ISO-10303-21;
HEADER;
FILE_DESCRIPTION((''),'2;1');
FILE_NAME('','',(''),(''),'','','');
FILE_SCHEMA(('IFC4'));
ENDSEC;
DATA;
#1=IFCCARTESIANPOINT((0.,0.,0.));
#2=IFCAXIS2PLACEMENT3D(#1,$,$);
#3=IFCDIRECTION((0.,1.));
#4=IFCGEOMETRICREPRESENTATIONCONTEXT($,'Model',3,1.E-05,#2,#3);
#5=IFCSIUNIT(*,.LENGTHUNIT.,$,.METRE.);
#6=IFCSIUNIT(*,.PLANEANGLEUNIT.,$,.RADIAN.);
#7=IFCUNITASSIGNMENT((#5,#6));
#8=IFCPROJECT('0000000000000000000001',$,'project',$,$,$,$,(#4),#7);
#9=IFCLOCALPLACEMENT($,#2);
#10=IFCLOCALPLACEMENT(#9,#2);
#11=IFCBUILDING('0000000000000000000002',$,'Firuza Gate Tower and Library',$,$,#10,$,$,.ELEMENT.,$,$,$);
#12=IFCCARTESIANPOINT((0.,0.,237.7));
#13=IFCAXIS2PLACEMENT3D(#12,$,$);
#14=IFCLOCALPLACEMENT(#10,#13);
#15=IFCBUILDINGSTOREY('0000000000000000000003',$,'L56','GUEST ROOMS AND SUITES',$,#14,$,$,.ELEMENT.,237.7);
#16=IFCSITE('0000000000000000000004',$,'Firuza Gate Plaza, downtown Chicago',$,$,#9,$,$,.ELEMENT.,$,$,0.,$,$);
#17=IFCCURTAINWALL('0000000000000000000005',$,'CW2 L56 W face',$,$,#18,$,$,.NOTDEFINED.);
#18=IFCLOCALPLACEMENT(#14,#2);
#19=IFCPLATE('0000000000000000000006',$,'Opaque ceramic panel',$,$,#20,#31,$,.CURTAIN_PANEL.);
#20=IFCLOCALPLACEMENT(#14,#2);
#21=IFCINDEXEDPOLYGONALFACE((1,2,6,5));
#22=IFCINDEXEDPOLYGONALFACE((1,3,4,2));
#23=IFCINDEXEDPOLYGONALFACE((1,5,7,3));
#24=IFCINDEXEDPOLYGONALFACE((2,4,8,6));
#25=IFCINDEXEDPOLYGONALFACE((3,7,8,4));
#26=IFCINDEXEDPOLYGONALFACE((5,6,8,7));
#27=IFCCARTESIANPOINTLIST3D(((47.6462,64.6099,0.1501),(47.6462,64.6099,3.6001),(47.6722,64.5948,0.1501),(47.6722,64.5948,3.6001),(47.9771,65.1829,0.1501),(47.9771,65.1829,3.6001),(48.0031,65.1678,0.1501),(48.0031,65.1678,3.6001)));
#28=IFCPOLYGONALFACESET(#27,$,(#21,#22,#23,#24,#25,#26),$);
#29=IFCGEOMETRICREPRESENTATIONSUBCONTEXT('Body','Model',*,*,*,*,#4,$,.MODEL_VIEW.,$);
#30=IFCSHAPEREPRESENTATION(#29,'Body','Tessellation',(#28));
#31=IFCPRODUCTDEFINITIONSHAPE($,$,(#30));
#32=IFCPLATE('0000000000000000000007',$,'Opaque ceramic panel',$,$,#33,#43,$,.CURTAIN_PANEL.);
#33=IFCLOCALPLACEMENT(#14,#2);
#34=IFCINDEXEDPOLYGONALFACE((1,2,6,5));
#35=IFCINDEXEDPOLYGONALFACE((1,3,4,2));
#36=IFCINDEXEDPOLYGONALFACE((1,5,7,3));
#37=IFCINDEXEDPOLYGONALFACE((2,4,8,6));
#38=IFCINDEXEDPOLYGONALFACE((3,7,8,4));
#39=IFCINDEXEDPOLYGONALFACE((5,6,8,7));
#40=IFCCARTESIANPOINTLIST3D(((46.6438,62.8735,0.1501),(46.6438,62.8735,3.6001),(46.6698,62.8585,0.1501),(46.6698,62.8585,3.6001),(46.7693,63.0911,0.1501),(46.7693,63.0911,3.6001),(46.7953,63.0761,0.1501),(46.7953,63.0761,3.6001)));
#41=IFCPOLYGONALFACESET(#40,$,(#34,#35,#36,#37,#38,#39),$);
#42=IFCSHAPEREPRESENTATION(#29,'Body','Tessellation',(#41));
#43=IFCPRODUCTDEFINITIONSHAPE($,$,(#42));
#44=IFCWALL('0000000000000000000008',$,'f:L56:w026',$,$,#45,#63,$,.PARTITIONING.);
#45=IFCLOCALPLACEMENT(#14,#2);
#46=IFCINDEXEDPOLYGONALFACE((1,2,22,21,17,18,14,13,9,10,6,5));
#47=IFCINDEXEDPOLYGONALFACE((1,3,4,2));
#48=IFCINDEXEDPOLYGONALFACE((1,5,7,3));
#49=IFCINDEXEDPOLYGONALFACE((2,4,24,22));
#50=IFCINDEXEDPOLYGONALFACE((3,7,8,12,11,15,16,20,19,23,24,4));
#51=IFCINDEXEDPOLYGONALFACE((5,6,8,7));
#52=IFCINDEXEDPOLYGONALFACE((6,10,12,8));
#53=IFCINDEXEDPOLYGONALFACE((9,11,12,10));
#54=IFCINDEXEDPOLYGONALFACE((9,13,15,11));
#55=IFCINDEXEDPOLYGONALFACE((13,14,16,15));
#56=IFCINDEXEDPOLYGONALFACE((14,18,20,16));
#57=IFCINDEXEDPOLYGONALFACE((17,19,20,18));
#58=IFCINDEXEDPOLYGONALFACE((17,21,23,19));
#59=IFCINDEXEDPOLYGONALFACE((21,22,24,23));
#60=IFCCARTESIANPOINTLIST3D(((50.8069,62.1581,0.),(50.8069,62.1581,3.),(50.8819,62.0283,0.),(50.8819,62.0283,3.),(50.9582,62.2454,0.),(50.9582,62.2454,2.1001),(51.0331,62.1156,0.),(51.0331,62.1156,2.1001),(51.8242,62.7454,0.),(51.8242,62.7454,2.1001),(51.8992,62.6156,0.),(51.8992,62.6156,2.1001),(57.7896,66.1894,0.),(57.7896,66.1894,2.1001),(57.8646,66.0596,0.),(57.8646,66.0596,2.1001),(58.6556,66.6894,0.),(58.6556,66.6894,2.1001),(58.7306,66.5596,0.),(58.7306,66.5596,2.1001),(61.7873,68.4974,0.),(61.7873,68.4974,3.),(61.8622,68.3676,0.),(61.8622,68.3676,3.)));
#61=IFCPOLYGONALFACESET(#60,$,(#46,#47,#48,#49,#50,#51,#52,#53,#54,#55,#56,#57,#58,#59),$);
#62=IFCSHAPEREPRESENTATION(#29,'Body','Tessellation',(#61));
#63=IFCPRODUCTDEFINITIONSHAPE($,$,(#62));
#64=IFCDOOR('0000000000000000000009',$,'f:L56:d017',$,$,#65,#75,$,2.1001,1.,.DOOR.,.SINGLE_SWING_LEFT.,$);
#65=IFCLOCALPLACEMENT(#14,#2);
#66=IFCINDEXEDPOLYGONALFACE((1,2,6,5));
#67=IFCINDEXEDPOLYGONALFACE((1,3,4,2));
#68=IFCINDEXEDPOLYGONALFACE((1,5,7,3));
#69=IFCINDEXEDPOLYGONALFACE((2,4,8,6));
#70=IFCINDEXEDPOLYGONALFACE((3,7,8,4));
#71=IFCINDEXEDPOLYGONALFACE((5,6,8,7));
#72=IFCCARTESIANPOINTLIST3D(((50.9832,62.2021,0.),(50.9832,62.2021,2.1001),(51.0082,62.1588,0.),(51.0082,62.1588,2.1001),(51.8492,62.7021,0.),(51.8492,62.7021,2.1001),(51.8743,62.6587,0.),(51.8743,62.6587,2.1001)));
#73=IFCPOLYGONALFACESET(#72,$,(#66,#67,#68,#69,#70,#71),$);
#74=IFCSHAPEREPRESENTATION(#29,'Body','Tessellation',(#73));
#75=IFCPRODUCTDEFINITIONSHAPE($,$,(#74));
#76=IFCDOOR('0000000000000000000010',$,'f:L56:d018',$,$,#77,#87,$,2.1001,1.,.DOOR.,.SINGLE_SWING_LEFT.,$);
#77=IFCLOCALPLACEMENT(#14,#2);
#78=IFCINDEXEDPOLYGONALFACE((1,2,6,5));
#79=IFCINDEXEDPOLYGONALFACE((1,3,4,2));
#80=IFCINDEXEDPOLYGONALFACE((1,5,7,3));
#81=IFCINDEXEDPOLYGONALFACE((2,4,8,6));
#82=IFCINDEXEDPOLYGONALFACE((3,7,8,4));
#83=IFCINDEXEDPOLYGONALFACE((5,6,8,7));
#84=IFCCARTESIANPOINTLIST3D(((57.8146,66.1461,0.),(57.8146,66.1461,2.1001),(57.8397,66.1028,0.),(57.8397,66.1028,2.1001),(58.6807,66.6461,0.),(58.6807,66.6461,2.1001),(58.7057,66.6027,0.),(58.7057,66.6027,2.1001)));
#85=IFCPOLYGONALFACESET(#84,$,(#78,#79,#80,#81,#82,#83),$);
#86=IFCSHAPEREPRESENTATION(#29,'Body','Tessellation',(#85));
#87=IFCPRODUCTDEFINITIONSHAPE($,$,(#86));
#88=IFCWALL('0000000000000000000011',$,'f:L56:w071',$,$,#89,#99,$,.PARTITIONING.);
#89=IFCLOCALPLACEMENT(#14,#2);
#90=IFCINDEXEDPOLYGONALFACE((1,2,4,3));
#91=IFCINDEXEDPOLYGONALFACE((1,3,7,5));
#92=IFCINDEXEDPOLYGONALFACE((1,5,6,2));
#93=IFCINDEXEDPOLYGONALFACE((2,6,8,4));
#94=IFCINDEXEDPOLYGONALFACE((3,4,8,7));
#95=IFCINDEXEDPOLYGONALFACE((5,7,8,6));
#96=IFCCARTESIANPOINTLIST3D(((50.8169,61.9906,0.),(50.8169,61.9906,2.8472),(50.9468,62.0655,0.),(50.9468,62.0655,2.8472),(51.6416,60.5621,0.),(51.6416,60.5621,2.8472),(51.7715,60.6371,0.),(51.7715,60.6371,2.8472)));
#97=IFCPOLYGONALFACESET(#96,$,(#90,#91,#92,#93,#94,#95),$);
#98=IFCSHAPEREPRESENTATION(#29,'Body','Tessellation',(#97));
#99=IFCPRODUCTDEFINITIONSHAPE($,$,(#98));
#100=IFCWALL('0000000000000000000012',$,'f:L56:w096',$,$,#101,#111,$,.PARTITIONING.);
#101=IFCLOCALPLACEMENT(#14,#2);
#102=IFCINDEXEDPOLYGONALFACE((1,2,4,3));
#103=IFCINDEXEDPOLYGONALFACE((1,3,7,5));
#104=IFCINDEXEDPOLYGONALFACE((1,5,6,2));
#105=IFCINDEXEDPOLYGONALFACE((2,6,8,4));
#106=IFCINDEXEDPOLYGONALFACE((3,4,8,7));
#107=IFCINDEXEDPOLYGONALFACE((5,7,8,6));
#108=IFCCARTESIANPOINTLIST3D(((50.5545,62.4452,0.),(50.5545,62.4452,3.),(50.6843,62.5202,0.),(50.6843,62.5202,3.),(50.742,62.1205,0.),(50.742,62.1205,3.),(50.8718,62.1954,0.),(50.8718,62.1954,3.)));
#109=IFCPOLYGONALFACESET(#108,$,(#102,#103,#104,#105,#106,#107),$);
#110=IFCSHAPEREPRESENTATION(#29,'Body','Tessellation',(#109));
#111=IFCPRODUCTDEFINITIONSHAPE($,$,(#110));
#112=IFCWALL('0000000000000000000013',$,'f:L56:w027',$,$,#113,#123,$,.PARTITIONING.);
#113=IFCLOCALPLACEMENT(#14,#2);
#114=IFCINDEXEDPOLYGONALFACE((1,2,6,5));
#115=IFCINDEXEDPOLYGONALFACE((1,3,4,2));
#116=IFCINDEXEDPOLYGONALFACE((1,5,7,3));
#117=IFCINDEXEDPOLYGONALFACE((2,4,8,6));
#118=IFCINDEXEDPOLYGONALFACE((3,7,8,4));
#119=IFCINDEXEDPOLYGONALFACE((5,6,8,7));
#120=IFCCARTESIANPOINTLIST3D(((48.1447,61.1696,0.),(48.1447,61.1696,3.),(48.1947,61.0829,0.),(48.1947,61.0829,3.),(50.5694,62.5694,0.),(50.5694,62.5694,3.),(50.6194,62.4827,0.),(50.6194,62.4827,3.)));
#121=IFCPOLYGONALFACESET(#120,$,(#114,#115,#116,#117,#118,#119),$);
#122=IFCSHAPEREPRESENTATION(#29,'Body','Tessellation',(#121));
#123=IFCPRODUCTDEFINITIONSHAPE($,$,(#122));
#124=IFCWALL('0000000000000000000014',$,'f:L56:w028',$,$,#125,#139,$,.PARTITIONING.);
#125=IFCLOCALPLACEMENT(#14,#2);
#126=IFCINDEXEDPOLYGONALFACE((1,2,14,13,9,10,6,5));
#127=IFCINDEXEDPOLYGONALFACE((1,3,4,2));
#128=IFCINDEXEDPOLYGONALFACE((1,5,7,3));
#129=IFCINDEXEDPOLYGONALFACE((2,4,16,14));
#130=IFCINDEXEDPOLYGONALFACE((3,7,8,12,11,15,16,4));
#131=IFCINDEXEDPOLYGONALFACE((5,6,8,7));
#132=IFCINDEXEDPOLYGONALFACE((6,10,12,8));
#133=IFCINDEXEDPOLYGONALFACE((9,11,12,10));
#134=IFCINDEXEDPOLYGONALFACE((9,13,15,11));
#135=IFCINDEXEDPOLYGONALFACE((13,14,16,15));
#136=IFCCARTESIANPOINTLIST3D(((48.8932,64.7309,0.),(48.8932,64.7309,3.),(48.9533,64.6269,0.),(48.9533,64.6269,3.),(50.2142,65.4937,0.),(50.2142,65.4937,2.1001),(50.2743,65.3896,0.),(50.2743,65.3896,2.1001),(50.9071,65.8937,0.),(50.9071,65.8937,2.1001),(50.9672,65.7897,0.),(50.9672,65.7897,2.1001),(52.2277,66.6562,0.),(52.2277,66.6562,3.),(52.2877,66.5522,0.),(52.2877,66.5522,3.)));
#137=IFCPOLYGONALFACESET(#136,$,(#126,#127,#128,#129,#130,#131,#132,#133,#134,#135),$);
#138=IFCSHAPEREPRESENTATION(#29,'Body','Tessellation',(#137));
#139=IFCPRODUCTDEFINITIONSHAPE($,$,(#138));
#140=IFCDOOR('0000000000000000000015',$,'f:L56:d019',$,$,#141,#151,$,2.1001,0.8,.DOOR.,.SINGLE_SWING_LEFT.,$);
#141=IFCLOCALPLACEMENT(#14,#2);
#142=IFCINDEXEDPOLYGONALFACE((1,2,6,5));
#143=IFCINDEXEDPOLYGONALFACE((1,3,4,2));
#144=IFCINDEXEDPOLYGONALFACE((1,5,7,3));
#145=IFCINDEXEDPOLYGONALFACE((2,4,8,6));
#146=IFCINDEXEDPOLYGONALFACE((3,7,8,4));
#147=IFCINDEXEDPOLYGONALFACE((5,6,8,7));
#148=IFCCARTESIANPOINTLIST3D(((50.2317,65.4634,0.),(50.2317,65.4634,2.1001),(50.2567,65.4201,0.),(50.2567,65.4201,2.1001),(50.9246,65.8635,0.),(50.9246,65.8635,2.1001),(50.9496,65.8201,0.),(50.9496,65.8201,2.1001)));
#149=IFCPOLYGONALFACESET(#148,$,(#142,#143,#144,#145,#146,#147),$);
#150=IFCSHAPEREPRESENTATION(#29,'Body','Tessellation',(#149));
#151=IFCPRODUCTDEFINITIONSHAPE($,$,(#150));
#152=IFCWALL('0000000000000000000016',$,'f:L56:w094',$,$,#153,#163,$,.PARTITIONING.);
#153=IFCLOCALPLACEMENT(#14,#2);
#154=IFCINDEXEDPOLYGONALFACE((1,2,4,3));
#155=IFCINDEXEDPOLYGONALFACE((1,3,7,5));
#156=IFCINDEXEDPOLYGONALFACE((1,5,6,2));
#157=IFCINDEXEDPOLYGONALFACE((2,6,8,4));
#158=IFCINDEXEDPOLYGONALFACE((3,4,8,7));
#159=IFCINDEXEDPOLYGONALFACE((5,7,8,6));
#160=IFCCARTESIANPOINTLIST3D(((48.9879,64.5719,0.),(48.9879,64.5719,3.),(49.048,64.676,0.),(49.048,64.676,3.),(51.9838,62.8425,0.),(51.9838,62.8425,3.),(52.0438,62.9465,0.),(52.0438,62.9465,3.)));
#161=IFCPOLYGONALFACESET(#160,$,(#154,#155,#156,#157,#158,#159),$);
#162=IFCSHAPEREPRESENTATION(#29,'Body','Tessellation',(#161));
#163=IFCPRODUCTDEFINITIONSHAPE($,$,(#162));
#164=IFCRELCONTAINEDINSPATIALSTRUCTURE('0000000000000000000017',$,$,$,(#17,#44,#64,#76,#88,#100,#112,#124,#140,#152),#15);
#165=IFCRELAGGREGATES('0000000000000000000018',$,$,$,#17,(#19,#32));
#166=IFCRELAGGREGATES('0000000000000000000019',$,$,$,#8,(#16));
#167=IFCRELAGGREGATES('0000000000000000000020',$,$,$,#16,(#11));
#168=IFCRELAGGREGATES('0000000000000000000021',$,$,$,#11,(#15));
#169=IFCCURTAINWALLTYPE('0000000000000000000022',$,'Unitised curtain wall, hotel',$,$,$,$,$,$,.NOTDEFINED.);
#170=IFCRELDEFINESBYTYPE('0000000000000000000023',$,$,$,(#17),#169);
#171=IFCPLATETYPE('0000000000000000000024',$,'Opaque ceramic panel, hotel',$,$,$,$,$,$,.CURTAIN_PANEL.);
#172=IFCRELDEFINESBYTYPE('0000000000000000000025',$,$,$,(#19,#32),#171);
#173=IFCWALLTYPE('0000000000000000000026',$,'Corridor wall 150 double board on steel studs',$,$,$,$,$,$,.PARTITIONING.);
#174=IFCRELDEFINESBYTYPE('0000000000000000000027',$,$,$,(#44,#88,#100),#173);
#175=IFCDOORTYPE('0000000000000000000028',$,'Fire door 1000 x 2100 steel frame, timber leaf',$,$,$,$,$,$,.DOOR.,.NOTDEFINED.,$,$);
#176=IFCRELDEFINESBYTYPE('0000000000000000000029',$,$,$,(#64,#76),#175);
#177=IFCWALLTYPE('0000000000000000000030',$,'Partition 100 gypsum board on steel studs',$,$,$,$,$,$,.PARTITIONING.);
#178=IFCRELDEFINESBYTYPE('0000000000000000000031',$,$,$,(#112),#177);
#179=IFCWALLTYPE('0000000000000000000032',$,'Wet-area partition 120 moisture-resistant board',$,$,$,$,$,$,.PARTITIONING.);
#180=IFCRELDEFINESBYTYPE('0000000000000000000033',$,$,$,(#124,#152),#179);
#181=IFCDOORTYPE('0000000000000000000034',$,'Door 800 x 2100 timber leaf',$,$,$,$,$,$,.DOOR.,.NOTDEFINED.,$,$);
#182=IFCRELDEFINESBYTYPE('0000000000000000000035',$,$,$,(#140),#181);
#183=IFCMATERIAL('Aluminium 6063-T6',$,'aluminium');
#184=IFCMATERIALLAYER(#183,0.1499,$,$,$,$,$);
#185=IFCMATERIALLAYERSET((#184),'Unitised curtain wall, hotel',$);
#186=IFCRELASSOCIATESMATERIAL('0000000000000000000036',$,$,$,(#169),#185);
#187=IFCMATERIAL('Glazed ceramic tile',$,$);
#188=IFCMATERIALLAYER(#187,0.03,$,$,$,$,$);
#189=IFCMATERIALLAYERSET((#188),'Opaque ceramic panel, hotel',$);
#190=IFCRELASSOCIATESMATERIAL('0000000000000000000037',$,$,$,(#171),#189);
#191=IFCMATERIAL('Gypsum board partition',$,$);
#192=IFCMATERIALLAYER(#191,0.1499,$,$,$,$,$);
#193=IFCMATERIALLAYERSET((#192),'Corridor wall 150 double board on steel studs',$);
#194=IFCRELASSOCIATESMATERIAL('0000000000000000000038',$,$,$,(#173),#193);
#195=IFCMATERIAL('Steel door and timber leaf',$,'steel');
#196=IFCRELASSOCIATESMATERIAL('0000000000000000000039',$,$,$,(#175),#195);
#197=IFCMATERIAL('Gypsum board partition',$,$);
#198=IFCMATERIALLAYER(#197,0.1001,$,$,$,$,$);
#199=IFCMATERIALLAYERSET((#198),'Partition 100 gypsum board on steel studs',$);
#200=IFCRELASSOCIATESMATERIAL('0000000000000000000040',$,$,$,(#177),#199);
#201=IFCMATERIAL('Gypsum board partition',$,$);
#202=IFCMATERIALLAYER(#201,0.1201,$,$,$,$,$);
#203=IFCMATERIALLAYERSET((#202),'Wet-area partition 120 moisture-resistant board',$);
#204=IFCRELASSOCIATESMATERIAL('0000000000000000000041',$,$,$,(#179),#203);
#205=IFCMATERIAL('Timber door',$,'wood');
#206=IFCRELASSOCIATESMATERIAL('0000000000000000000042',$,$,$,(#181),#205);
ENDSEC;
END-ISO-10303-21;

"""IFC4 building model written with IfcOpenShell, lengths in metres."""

from ifc_helpers import new_model, si_unit, direction, frame, frame_2d, origin, place, context, subcontext, project, spatial, polyline, rectangle, outline, extrude, material, layer, layer_set, type_object, element, fill, aggregate, save


model = new_model("IFC4")

# Units and contexts
model_context = context("Model", 3, precision=1e-05, world=origin(), true_north=direction((0.0, 1.0)))
body_context = subcontext(model_context, "Body", "Model", "MODEL_VIEW")
ifc_project = project(units=[si_unit("LENGTHUNIT", "METRE"), si_unit("PLANEANGLEUNIT", "RADIAN")], contexts=[model_context])

# Site, building, storey
site_placement = place(None, origin())
site = spatial("IfcSite", under=ifc_project, at=site_placement, Name="Firuza Gate Plaza, downtown Chicago", CompositionType="ELEMENT", RefElevation=0.0)
building_placement = place(site_placement, origin())
building = spatial("IfcBuilding", under=site, at=building_placement, Name="Firuza Gate Tower and Library", CompositionType="ELEMENT")
storey_placement = place(building_placement, frame((0.0, 0.0, 237.7)))
storey = spatial("IfcBuildingStorey", under=building, at=storey_placement, Name="L56", Description="GUEST ROOMS AND SUITES", CompositionType="ELEMENT", Elevation=237.7)

# Curtain wall
ifc_material_1 = material(Name="Aluminium 6063-T6", Category="aluminium")
ifc_layer_1 = layer(ifc_material_1, 0.1499)
ifc_layer_set_1 = layer_set([ifc_layer_1], Name="Unitised curtain wall, hotel")
curtain_wall_type_1 = type_object("IfcCurtainWallType", Name="Unitised curtain wall, hotel", PredefinedType="NOTDEFINED", material=ifc_layer_set_1)
placement = place(storey_placement, origin())
curtain_wall_1 = element("IfcCurtainWall", 1, at=placement, inside=storey, type_object=curtain_wall_type_1, Name="CW2 L56 W face", PredefinedType="NOTDEFINED")

# Plates
ifc_material_2 = material(Name="Glazed ceramic tile")
ifc_layer_2 = layer(ifc_material_2, 0.03)
ifc_layer_set_2 = layer_set([ifc_layer_2], Name="Opaque ceramic panel, hotel")
plate_type_1 = type_object("IfcPlateType", Name="Opaque ceramic panel, hotel", PredefinedType="CURTAIN_PANEL", material=ifc_layer_set_2)
plate_1_placement = place(storey_placement, frame((47.9771, 65.1829, 0.1501), z_axis=(-0.866032, 0.499989, 0.0), x_axis=(-0.499989, -0.866032, 0.0)))
plate_1 = element("IfcPlate", 2, at=plate_1_placement, type_object=plate_type_1, Name="Opaque ceramic panel", PredefinedType="CURTAIN_PANEL", context=body_context, shape_type="SweptSolid", body=[
    extrude(outline(polyline([(0.0, 0.0), (0.6616, 0.0), (0.6616, 3.45), (0.0, 3.45), (0.0, 0.0)])), origin(), (0.0, 0.0, -1.0), 0.03),
])
plate_2_placement = place(storey_placement, frame((46.7693, 63.0911, 0.1501), z_axis=(-0.866202, 0.499694, 0.0), x_axis=(-0.499694, -0.866202, 0.0)))
plate_2 = element("IfcPlate", 3, at=plate_2_placement, type_object=plate_type_1, Name="Opaque ceramic panel", PredefinedType="CURTAIN_PANEL", context=body_context, shape_type="SweptSolid", body=[
    extrude(outline(polyline([(0.0, 0.0), (0.2511, 0.0), (0.2511, 3.45), (0.0, 3.45), (0.0, 0.0)])), origin(), (0.0, 0.0, -1.0), 0.03),
])
aggregate(curtain_wall_1, [plate_1, plate_2])

# Wall, openings, doors
ifc_material_3 = material(Name="Gypsum board partition")
ifc_layer_3 = layer(ifc_material_3, 0.1499)
ifc_layer_set_3 = layer_set([ifc_layer_3], Name="Corridor wall 150 double board on steel studs")
wall_type_1 = type_object("IfcWallType", Name="Corridor wall 150 double board on steel studs", PredefinedType="PARTITIONING", material=ifc_layer_set_3)
wall_1_placement = place(storey_placement, frame((50.8445, 62.0933, 0.0), z_axis=(0.0, 0.0, 1.0), x_axis=(0.866033, 0.499987, 0.0)))
wall_1 = element("IfcWall", 4, at=wall_1_placement, inside=storey, type_object=wall_type_1, Name="f:L56:w026", PredefinedType="PARTITIONING", context=body_context, shape_type="SweptSolid", body=[
    extrude(rectangle(XDim=12.679, YDim=0.1499, at=frame_2d((6.3394, 0.0))), origin(), (0.0, 0.0, 1.0), 3.0),
])
opening_1_placement = place(wall_1_placement, frame((0.1746, 0.0, 0.0)))
opening_1 = element("IfcOpeningElement", 5, at=opening_1_placement, cuts=wall_1, PredefinedType="OPENING", context=body_context, shape_type="SweptSolid", body=[
    extrude(rectangle(XDim=1.0, YDim=2.1001, at=frame_2d((0.5, 1.05))), frame((0.0, 0.085, 0.0), z_axis=(0.0, -1.0, 0.0), x_axis=(1.0, 0.0, 0.0)), (0.0, 0.0, 1.0), 0.1699),
])
opening_2_placement = place(wall_1_placement, frame((8.0627, 0.0, 0.0)))
opening_2 = element("IfcOpeningElement", 6, at=opening_2_placement, cuts=wall_1, PredefinedType="OPENING", context=body_context, shape_type="SweptSolid", body=[
    extrude(rectangle(XDim=1.0, YDim=2.1001, at=frame_2d((0.5, 1.05))), frame((0.0, 0.085, 0.0), z_axis=(0.0, -1.0, 0.0), x_axis=(1.0, 0.0, 0.0)), (0.0, 0.0, 1.0), 0.1699),
])
ifc_material_4 = material(Name="Steel door and timber leaf", Category="steel")
door_type_1 = type_object("IfcDoorType", Name="Fire door 1000 x 2100 steel frame, timber leaf", OperationType="NOTDEFINED", PredefinedType="DOOR", material=ifc_material_4)
door_1_placement = place(opening_1_placement, origin())
door_1 = element("IfcDoor", 7, at=door_1_placement, inside=storey, type_object=door_type_1, Name="f:L56:d017", OperationType="SINGLE_SWING_LEFT", OverallHeight=2.1001, OverallWidth=1.0, PredefinedType="DOOR", context=body_context, shape_type="SweptSolid", body=[
    extrude(rectangle(XDim=1.0, YDim=2.1001, at=frame_2d((0.5, 1.05))), frame((0.0, 0.0249, 0.0), z_axis=(0.0, -1.0, 0.0), x_axis=(1.0, 0.0, 0.0)), (0.0, 0.0, 1.0), 0.05),
])
fill(opening_1, door_1)
door_2_placement = place(opening_2_placement, origin())
door_2 = element("IfcDoor", 8, at=door_2_placement, inside=storey, type_object=door_type_1, Name="f:L56:d018", OperationType="SINGLE_SWING_LEFT", OverallHeight=2.1001, OverallWidth=1.0, PredefinedType="DOOR", context=body_context, shape_type="SweptSolid", body=[
    extrude(rectangle(XDim=1.0, YDim=2.1001, at=frame_2d((0.5, 1.05))), frame((0.0, 0.0249, 0.0), z_axis=(0.0, -1.0, 0.0), x_axis=(1.0, 0.0, 0.0)), (0.0, 0.0, 1.0), 0.05),
])
fill(opening_2, door_2)

# Walls
wall_2_placement = place(storey_placement, frame((51.7065, 60.5996, 0.0), z_axis=(0.0, 0.0, 1.0), x_axis=(-0.499992, 0.86603, 0.0)))
element("IfcWall", 9, at=wall_2_placement, inside=storey, type_object=wall_type_1, Name="f:L56:w071", PredefinedType="PARTITIONING", context=body_context, shape_type="SweptSolid", body=[
    extrude(rectangle(XDim=1.6494, YDim=0.1499, at=frame_2d((0.8247, 0.0))), origin(), (0.0, 0.0, 1.0), 2.8472),
])
wall_3_placement = place(storey_placement, frame((50.8069, 62.158, 0.0), z_axis=(0.0, 0.0, 1.0), x_axis=(-0.500061, 0.86599, 0.0)))
element("IfcWall", 10, at=wall_3_placement, inside=storey, type_object=wall_type_1, Name="f:L56:w096", PredefinedType="PARTITIONING", context=body_context, shape_type="SweptSolid", body=[
    extrude(rectangle(XDim=0.375, YDim=0.1499, at=frame_2d((0.1875, 0.0))), origin(), (0.0, 0.0, 1.0), 3.0),
])
ifc_material_5 = material(Name="Gypsum board partition")
ifc_layer_4 = layer(ifc_material_5, 0.1001)
ifc_layer_set_4 = layer_set([ifc_layer_4], Name="Partition 100 gypsum board on steel studs")
wall_type_2 = type_object("IfcWallType", Name="Partition 100 gypsum board on steel studs", PredefinedType="PARTITIONING", material=ifc_layer_set_4)
wall_4_placement = place(storey_placement, frame((48.1697, 61.1262, 0.0), z_axis=(0.0, 0.0, 1.0), x_axis=(0.866035, 0.499984, 0.0)))
element("IfcWall", 11, at=wall_4_placement, inside=storey, type_object=wall_type_2, Name="f:L56:w027", PredefinedType="PARTITIONING", context=body_context, shape_type="SweptSolid", body=[
    extrude(rectangle(XDim=2.7998, YDim=0.1001, at=frame_2d((1.3999, 0.0))), origin(), (0.0, 0.0, 1.0), 3.0),
])

# Wall, opening, door
ifc_material_6 = material(Name="Gypsum board partition")
ifc_layer_5 = layer(ifc_material_6, 0.1201)
ifc_layer_set_5 = layer_set([ifc_layer_5], Name="Wet-area partition 120 moisture-resistant board")
wall_type_3 = type_object("IfcWallType", Name="Wet-area partition 120 moisture-resistant board", PredefinedType="PARTITIONING", material=ifc_layer_set_5)
wall_5_placement = place(storey_placement, frame((52.2578, 66.6042, 0.0), z_axis=(0.0, 0.0, 1.0), x_axis=(-0.86601, -0.500026, 0.0)))
wall_5 = element("IfcWall", 12, at=wall_5_placement, inside=storey, type_object=wall_type_3, Name="f:L56:w028", PredefinedType="PARTITIONING", context=body_context, shape_type="SweptSolid", body=[
    extrude(rectangle(XDim=3.8503, YDim=0.1201, at=frame_2d((1.9253, 0.0))), origin(), (0.0, 0.0, 1.0), 3.0),
])
opening_3_placement = place(wall_5_placement, frame((1.5251, 0.0, 0.0)))
opening_3 = element("IfcOpeningElement", 13, at=opening_3_placement, cuts=wall_5, PredefinedType="OPENING", context=body_context, shape_type="SweptSolid", body=[
    extrude(rectangle(XDim=0.8, YDim=2.1001, at=frame_2d((0.3999, 1.05))), frame((0.0, 0.0701, 0.0), z_axis=(0.0, -1.0, 0.0), x_axis=(1.0, 0.0, 0.0)), (0.0, 0.0, 1.0), 0.1401),
])
ifc_material_7 = material(Name="Timber door", Category="wood")
door_type_2 = type_object("IfcDoorType", Name="Door 800 x 2100 timber leaf", OperationType="NOTDEFINED", PredefinedType="DOOR", material=ifc_material_7)
door_3_placement = place(opening_3_placement, origin())
door_3 = element("IfcDoor", 14, at=door_3_placement, inside=storey, type_object=door_type_2, Name="f:L56:d019", OperationType="SINGLE_SWING_LEFT", OverallHeight=2.1001, OverallWidth=0.8, PredefinedType="DOOR", context=body_context, shape_type="SweptSolid", body=[
    extrude(rectangle(XDim=0.8, YDim=2.1001, at=frame_2d((0.3999, 1.05))), frame((0.0, 0.0249, 0.0), z_axis=(0.0, -1.0, 0.0), x_axis=(1.0, 0.0, 0.0)), (0.0, 0.0, 1.0), 0.05),
])
fill(opening_3, door_3)

# Wall
wall_6_placement = place(storey_placement, frame((52.0137, 62.8945, 0.0), z_axis=(0.0, 0.0, 1.0), x_axis=(-0.866046, 0.499965, 0.0)))
element("IfcWall", 15, at=wall_6_placement, inside=storey, type_object=wall_type_3, Name="f:L56:w094", PredefinedType="PARTITIONING", context=body_context, shape_type="SweptSolid", body=[
    extrude(rectangle(XDim=3.4592, YDim=0.1201, at=frame_2d((1.7295, 0.0))), origin(), (0.0, 0.0, 1.0), 3.0),
])

save(model, "model.ifc")
